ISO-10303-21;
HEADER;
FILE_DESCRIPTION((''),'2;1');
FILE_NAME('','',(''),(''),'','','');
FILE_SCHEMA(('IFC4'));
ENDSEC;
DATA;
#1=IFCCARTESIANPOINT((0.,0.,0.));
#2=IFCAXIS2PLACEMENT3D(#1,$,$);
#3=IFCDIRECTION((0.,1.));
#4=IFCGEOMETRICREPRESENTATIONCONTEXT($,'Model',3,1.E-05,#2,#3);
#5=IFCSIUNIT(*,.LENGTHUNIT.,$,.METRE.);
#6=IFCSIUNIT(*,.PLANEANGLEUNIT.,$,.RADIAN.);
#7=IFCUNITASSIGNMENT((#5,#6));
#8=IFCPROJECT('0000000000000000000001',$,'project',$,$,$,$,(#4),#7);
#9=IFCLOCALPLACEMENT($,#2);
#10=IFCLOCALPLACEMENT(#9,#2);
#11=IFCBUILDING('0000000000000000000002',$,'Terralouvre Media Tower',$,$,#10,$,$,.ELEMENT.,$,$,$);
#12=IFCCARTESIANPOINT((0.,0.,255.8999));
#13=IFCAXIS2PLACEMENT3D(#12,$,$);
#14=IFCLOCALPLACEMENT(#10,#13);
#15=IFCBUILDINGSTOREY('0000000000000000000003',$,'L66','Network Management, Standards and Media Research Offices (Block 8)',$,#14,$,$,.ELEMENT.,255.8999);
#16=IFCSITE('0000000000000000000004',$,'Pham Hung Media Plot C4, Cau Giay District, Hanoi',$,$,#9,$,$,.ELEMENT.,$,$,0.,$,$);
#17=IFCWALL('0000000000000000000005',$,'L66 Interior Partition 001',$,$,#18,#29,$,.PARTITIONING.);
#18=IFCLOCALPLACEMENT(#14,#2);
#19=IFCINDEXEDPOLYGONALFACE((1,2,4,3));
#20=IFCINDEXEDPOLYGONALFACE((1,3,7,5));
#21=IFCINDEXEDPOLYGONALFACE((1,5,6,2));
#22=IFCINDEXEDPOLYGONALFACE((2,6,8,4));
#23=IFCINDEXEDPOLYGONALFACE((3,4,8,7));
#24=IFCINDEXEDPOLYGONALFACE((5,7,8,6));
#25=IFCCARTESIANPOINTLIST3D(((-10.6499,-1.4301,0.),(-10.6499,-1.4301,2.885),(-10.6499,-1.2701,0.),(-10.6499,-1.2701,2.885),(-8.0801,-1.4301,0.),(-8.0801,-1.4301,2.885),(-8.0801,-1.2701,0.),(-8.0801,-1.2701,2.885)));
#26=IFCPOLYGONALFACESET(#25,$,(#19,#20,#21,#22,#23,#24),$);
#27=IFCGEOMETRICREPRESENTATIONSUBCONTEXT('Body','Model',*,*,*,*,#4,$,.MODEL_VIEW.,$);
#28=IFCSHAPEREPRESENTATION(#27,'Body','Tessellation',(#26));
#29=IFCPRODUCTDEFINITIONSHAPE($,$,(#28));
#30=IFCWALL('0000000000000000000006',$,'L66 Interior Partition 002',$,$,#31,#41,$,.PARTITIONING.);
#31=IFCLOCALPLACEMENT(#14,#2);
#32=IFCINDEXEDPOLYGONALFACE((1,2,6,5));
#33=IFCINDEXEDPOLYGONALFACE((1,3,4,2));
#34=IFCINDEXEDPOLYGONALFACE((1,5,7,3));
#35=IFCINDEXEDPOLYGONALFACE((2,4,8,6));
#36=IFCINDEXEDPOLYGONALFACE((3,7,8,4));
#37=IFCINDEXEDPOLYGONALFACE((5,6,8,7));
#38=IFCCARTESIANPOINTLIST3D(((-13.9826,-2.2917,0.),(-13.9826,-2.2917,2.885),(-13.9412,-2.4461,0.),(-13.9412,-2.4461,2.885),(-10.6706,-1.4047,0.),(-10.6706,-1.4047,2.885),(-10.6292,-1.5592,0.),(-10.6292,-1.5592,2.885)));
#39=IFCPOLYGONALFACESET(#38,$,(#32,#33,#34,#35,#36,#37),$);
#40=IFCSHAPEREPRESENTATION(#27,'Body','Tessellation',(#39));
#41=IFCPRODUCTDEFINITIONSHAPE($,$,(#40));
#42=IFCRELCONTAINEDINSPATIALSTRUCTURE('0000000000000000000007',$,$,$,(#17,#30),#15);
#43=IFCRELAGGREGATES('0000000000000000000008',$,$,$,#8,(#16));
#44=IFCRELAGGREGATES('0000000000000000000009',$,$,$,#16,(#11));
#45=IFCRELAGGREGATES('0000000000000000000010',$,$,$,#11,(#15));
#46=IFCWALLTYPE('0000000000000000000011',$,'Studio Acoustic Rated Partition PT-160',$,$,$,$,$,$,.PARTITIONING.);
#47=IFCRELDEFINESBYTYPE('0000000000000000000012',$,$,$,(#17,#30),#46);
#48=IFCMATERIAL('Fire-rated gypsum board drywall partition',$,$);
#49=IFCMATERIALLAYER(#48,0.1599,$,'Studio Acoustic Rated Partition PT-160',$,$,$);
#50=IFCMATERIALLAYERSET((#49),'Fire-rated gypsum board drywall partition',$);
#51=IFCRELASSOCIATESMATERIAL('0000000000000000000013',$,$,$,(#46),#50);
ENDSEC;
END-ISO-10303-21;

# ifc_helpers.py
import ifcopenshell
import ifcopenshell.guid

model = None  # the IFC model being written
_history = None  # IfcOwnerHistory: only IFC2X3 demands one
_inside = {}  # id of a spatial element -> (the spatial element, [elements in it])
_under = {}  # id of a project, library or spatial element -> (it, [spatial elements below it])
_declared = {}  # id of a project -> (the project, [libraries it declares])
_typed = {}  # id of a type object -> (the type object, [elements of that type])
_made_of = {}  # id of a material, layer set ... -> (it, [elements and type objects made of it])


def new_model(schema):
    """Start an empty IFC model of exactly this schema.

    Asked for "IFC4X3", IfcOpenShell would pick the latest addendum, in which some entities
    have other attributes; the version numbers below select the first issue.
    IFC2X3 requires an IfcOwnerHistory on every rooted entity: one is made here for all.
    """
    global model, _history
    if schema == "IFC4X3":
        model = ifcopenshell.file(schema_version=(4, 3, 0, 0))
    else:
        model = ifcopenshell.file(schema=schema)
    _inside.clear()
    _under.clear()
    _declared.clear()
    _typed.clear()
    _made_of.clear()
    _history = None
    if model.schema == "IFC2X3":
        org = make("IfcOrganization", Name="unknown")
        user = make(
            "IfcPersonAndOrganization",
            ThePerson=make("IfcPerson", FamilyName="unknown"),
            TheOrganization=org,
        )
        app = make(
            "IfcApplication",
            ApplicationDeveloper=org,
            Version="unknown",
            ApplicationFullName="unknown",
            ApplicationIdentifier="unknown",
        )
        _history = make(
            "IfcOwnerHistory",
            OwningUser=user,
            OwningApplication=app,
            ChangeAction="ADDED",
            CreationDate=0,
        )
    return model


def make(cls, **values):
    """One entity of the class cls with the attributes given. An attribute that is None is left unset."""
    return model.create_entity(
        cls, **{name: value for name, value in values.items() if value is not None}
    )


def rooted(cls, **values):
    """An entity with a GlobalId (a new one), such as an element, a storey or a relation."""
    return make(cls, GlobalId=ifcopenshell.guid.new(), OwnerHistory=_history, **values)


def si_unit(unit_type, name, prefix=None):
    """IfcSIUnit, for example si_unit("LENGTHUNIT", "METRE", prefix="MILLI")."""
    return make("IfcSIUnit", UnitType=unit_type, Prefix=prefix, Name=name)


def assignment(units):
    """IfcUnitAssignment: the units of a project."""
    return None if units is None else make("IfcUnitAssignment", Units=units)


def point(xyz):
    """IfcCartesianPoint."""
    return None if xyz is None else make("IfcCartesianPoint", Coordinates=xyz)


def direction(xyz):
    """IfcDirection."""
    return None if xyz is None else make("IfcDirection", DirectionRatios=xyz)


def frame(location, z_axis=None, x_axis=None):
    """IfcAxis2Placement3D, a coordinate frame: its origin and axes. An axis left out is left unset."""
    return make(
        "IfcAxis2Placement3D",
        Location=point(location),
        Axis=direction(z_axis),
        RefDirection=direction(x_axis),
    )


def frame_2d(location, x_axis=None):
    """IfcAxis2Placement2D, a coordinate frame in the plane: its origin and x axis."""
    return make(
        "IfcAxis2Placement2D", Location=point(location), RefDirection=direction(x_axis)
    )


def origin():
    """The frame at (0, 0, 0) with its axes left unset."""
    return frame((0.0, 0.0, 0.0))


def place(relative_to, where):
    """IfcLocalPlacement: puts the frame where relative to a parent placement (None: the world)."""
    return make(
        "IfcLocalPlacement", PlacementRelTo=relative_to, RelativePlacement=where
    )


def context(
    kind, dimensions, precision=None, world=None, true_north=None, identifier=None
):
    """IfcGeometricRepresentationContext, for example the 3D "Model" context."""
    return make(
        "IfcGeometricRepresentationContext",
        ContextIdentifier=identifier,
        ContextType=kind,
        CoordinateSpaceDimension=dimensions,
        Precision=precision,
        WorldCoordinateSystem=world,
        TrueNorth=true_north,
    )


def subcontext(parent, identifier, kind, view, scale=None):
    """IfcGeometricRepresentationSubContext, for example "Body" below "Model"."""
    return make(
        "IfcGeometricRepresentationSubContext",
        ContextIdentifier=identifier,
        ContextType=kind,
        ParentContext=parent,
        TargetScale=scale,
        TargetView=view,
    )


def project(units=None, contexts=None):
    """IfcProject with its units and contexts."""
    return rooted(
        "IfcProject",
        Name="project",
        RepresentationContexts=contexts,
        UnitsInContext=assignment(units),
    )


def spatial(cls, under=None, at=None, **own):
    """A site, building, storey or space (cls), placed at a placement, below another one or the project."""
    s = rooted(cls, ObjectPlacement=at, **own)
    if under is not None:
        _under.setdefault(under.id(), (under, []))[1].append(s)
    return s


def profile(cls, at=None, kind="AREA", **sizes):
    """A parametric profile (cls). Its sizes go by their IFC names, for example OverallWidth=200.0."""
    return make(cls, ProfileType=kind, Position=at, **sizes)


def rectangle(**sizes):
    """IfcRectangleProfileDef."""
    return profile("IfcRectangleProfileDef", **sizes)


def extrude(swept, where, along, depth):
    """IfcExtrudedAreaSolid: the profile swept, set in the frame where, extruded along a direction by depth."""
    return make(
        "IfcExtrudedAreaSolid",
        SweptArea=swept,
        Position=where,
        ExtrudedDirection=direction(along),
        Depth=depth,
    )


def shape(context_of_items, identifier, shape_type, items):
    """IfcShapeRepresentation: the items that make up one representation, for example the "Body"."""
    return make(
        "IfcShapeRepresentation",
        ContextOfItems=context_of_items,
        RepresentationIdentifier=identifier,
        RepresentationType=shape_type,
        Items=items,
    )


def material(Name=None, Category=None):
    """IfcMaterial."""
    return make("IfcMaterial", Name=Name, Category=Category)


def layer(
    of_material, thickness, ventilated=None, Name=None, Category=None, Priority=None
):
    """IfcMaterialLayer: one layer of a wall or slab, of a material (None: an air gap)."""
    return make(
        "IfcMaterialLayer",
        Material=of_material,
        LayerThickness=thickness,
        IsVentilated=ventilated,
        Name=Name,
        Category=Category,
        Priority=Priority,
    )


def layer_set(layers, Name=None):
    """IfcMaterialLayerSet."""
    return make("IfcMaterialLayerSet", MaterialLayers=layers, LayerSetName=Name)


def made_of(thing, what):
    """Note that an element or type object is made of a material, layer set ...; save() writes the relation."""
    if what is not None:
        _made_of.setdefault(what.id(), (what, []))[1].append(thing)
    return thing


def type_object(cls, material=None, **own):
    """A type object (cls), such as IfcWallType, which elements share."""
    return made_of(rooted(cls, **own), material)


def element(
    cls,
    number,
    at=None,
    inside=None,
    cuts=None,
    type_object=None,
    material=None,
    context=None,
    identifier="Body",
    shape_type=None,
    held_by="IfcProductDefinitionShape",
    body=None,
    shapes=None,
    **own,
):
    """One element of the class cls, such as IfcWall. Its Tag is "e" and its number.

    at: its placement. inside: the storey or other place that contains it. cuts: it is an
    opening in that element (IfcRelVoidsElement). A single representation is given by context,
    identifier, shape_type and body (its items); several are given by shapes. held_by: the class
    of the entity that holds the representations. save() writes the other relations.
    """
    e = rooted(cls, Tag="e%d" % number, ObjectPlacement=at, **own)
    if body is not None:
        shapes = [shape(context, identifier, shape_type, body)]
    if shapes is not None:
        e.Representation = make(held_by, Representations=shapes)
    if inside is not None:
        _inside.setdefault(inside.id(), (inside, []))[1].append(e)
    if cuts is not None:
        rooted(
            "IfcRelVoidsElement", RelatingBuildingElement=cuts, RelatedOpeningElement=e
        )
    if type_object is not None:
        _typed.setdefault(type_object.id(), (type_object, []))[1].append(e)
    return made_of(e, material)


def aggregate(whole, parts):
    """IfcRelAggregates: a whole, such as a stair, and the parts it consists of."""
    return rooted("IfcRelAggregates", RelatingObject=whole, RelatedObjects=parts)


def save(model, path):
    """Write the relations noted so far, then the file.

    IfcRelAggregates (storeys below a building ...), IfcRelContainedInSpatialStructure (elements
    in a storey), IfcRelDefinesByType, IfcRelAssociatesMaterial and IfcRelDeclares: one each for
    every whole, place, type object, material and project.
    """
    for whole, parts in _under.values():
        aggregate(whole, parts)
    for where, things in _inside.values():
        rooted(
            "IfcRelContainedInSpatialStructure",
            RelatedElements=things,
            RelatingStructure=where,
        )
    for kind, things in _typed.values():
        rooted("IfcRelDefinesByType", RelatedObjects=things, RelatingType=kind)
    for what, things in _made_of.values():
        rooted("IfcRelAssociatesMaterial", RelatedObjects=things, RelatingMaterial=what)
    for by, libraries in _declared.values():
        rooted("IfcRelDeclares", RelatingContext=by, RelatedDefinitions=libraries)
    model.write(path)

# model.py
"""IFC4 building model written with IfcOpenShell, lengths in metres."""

from ifc_helpers import new_model, si_unit, direction, frame, frame_2d, origin, place, context, subcontext, project, spatial, rectangle, extrude, material, layer, layer_set, type_object, element, save


model = new_model("IFC4")

# Units and contexts
model_context = context("Model", 3, precision=1e-05, world=origin(), true_north=direction((0.0, 1.0)))
body_context = subcontext(model_context, "Body", "Model", "MODEL_VIEW")
ifc_project = project(units=[si_unit("LENGTHUNIT", "METRE"), si_unit("PLANEANGLEUNIT", "RADIAN")], contexts=[model_context])

# Site, building, storey
site_placement = place(None, origin())
site = spatial("IfcSite", under=ifc_project, at=site_placement, Name="Pham Hung Media Plot C4, Cau Giay District, Hanoi", CompositionType="ELEMENT", RefElevation=0.0)
building_placement = place(site_placement, origin())
building = spatial("IfcBuilding", under=site, at=building_placement, Name="Terralouvre Media Tower", CompositionType="ELEMENT")
storey_placement = place(building_placement, frame((0.0, 0.0, 255.8999)))
storey = spatial("IfcBuildingStorey", under=building, at=storey_placement, Name="L66", Description="Network Management, Standards and Media Research Offices (Block 8)", CompositionType="ELEMENT", Elevation=255.8999)

# Walls
ifc_material_1 = material(Name="Fire-rated gypsum board drywall partition")
ifc_layer_1 = layer(ifc_material_1, 0.1599, Name="Studio Acoustic Rated Partition PT-160")
ifc_layer_set_1 = layer_set([ifc_layer_1], Name="Fire-rated gypsum board drywall partition")
wall_type_1 = type_object("IfcWallType", Name="Studio Acoustic Rated Partition PT-160", PredefinedType="PARTITIONING", material=ifc_layer_set_1)
wall_1_placement = place(storey_placement, frame((-8.0801, -1.3501, 0.0), z_axis=(0.0, 0.0, 1.0), x_axis=(-1.0, 0.0, 0.0)))
element("IfcWall", 1, at=wall_1_placement, inside=storey, type_object=wall_type_1, Name="L66 Interior Partition 001", PredefinedType="PARTITIONING", context=body_context, shape_type="SweptSolid", body=[
    extrude(rectangle(XDim=2.5698, YDim=0.1599, at=frame_2d((1.2849, 0.0))), origin(), (0.0, 0.0, 1.0), 2.885),
])
wall_2_placement = place(storey_placement, frame((-10.6499, -1.4819, 0.0), z_axis=(0.0, 0.0, 1.0), x_axis=(-0.965961, -0.258686, 0.0)))
element("IfcWall", 2, at=wall_2_placement, inside=storey, type_object=wall_type_1, Name="L66 Interior Partition 002", PredefinedType="PARTITIONING", context=body_context, shape_type="SweptSolid", body=[
    extrude(rectangle(XDim=3.4287, YDim=0.1599, at=frame_2d((1.7144, 0.0))), origin(), (0.0, 0.0, 1.0), 2.885),
])

save(model, "model.ifc")
